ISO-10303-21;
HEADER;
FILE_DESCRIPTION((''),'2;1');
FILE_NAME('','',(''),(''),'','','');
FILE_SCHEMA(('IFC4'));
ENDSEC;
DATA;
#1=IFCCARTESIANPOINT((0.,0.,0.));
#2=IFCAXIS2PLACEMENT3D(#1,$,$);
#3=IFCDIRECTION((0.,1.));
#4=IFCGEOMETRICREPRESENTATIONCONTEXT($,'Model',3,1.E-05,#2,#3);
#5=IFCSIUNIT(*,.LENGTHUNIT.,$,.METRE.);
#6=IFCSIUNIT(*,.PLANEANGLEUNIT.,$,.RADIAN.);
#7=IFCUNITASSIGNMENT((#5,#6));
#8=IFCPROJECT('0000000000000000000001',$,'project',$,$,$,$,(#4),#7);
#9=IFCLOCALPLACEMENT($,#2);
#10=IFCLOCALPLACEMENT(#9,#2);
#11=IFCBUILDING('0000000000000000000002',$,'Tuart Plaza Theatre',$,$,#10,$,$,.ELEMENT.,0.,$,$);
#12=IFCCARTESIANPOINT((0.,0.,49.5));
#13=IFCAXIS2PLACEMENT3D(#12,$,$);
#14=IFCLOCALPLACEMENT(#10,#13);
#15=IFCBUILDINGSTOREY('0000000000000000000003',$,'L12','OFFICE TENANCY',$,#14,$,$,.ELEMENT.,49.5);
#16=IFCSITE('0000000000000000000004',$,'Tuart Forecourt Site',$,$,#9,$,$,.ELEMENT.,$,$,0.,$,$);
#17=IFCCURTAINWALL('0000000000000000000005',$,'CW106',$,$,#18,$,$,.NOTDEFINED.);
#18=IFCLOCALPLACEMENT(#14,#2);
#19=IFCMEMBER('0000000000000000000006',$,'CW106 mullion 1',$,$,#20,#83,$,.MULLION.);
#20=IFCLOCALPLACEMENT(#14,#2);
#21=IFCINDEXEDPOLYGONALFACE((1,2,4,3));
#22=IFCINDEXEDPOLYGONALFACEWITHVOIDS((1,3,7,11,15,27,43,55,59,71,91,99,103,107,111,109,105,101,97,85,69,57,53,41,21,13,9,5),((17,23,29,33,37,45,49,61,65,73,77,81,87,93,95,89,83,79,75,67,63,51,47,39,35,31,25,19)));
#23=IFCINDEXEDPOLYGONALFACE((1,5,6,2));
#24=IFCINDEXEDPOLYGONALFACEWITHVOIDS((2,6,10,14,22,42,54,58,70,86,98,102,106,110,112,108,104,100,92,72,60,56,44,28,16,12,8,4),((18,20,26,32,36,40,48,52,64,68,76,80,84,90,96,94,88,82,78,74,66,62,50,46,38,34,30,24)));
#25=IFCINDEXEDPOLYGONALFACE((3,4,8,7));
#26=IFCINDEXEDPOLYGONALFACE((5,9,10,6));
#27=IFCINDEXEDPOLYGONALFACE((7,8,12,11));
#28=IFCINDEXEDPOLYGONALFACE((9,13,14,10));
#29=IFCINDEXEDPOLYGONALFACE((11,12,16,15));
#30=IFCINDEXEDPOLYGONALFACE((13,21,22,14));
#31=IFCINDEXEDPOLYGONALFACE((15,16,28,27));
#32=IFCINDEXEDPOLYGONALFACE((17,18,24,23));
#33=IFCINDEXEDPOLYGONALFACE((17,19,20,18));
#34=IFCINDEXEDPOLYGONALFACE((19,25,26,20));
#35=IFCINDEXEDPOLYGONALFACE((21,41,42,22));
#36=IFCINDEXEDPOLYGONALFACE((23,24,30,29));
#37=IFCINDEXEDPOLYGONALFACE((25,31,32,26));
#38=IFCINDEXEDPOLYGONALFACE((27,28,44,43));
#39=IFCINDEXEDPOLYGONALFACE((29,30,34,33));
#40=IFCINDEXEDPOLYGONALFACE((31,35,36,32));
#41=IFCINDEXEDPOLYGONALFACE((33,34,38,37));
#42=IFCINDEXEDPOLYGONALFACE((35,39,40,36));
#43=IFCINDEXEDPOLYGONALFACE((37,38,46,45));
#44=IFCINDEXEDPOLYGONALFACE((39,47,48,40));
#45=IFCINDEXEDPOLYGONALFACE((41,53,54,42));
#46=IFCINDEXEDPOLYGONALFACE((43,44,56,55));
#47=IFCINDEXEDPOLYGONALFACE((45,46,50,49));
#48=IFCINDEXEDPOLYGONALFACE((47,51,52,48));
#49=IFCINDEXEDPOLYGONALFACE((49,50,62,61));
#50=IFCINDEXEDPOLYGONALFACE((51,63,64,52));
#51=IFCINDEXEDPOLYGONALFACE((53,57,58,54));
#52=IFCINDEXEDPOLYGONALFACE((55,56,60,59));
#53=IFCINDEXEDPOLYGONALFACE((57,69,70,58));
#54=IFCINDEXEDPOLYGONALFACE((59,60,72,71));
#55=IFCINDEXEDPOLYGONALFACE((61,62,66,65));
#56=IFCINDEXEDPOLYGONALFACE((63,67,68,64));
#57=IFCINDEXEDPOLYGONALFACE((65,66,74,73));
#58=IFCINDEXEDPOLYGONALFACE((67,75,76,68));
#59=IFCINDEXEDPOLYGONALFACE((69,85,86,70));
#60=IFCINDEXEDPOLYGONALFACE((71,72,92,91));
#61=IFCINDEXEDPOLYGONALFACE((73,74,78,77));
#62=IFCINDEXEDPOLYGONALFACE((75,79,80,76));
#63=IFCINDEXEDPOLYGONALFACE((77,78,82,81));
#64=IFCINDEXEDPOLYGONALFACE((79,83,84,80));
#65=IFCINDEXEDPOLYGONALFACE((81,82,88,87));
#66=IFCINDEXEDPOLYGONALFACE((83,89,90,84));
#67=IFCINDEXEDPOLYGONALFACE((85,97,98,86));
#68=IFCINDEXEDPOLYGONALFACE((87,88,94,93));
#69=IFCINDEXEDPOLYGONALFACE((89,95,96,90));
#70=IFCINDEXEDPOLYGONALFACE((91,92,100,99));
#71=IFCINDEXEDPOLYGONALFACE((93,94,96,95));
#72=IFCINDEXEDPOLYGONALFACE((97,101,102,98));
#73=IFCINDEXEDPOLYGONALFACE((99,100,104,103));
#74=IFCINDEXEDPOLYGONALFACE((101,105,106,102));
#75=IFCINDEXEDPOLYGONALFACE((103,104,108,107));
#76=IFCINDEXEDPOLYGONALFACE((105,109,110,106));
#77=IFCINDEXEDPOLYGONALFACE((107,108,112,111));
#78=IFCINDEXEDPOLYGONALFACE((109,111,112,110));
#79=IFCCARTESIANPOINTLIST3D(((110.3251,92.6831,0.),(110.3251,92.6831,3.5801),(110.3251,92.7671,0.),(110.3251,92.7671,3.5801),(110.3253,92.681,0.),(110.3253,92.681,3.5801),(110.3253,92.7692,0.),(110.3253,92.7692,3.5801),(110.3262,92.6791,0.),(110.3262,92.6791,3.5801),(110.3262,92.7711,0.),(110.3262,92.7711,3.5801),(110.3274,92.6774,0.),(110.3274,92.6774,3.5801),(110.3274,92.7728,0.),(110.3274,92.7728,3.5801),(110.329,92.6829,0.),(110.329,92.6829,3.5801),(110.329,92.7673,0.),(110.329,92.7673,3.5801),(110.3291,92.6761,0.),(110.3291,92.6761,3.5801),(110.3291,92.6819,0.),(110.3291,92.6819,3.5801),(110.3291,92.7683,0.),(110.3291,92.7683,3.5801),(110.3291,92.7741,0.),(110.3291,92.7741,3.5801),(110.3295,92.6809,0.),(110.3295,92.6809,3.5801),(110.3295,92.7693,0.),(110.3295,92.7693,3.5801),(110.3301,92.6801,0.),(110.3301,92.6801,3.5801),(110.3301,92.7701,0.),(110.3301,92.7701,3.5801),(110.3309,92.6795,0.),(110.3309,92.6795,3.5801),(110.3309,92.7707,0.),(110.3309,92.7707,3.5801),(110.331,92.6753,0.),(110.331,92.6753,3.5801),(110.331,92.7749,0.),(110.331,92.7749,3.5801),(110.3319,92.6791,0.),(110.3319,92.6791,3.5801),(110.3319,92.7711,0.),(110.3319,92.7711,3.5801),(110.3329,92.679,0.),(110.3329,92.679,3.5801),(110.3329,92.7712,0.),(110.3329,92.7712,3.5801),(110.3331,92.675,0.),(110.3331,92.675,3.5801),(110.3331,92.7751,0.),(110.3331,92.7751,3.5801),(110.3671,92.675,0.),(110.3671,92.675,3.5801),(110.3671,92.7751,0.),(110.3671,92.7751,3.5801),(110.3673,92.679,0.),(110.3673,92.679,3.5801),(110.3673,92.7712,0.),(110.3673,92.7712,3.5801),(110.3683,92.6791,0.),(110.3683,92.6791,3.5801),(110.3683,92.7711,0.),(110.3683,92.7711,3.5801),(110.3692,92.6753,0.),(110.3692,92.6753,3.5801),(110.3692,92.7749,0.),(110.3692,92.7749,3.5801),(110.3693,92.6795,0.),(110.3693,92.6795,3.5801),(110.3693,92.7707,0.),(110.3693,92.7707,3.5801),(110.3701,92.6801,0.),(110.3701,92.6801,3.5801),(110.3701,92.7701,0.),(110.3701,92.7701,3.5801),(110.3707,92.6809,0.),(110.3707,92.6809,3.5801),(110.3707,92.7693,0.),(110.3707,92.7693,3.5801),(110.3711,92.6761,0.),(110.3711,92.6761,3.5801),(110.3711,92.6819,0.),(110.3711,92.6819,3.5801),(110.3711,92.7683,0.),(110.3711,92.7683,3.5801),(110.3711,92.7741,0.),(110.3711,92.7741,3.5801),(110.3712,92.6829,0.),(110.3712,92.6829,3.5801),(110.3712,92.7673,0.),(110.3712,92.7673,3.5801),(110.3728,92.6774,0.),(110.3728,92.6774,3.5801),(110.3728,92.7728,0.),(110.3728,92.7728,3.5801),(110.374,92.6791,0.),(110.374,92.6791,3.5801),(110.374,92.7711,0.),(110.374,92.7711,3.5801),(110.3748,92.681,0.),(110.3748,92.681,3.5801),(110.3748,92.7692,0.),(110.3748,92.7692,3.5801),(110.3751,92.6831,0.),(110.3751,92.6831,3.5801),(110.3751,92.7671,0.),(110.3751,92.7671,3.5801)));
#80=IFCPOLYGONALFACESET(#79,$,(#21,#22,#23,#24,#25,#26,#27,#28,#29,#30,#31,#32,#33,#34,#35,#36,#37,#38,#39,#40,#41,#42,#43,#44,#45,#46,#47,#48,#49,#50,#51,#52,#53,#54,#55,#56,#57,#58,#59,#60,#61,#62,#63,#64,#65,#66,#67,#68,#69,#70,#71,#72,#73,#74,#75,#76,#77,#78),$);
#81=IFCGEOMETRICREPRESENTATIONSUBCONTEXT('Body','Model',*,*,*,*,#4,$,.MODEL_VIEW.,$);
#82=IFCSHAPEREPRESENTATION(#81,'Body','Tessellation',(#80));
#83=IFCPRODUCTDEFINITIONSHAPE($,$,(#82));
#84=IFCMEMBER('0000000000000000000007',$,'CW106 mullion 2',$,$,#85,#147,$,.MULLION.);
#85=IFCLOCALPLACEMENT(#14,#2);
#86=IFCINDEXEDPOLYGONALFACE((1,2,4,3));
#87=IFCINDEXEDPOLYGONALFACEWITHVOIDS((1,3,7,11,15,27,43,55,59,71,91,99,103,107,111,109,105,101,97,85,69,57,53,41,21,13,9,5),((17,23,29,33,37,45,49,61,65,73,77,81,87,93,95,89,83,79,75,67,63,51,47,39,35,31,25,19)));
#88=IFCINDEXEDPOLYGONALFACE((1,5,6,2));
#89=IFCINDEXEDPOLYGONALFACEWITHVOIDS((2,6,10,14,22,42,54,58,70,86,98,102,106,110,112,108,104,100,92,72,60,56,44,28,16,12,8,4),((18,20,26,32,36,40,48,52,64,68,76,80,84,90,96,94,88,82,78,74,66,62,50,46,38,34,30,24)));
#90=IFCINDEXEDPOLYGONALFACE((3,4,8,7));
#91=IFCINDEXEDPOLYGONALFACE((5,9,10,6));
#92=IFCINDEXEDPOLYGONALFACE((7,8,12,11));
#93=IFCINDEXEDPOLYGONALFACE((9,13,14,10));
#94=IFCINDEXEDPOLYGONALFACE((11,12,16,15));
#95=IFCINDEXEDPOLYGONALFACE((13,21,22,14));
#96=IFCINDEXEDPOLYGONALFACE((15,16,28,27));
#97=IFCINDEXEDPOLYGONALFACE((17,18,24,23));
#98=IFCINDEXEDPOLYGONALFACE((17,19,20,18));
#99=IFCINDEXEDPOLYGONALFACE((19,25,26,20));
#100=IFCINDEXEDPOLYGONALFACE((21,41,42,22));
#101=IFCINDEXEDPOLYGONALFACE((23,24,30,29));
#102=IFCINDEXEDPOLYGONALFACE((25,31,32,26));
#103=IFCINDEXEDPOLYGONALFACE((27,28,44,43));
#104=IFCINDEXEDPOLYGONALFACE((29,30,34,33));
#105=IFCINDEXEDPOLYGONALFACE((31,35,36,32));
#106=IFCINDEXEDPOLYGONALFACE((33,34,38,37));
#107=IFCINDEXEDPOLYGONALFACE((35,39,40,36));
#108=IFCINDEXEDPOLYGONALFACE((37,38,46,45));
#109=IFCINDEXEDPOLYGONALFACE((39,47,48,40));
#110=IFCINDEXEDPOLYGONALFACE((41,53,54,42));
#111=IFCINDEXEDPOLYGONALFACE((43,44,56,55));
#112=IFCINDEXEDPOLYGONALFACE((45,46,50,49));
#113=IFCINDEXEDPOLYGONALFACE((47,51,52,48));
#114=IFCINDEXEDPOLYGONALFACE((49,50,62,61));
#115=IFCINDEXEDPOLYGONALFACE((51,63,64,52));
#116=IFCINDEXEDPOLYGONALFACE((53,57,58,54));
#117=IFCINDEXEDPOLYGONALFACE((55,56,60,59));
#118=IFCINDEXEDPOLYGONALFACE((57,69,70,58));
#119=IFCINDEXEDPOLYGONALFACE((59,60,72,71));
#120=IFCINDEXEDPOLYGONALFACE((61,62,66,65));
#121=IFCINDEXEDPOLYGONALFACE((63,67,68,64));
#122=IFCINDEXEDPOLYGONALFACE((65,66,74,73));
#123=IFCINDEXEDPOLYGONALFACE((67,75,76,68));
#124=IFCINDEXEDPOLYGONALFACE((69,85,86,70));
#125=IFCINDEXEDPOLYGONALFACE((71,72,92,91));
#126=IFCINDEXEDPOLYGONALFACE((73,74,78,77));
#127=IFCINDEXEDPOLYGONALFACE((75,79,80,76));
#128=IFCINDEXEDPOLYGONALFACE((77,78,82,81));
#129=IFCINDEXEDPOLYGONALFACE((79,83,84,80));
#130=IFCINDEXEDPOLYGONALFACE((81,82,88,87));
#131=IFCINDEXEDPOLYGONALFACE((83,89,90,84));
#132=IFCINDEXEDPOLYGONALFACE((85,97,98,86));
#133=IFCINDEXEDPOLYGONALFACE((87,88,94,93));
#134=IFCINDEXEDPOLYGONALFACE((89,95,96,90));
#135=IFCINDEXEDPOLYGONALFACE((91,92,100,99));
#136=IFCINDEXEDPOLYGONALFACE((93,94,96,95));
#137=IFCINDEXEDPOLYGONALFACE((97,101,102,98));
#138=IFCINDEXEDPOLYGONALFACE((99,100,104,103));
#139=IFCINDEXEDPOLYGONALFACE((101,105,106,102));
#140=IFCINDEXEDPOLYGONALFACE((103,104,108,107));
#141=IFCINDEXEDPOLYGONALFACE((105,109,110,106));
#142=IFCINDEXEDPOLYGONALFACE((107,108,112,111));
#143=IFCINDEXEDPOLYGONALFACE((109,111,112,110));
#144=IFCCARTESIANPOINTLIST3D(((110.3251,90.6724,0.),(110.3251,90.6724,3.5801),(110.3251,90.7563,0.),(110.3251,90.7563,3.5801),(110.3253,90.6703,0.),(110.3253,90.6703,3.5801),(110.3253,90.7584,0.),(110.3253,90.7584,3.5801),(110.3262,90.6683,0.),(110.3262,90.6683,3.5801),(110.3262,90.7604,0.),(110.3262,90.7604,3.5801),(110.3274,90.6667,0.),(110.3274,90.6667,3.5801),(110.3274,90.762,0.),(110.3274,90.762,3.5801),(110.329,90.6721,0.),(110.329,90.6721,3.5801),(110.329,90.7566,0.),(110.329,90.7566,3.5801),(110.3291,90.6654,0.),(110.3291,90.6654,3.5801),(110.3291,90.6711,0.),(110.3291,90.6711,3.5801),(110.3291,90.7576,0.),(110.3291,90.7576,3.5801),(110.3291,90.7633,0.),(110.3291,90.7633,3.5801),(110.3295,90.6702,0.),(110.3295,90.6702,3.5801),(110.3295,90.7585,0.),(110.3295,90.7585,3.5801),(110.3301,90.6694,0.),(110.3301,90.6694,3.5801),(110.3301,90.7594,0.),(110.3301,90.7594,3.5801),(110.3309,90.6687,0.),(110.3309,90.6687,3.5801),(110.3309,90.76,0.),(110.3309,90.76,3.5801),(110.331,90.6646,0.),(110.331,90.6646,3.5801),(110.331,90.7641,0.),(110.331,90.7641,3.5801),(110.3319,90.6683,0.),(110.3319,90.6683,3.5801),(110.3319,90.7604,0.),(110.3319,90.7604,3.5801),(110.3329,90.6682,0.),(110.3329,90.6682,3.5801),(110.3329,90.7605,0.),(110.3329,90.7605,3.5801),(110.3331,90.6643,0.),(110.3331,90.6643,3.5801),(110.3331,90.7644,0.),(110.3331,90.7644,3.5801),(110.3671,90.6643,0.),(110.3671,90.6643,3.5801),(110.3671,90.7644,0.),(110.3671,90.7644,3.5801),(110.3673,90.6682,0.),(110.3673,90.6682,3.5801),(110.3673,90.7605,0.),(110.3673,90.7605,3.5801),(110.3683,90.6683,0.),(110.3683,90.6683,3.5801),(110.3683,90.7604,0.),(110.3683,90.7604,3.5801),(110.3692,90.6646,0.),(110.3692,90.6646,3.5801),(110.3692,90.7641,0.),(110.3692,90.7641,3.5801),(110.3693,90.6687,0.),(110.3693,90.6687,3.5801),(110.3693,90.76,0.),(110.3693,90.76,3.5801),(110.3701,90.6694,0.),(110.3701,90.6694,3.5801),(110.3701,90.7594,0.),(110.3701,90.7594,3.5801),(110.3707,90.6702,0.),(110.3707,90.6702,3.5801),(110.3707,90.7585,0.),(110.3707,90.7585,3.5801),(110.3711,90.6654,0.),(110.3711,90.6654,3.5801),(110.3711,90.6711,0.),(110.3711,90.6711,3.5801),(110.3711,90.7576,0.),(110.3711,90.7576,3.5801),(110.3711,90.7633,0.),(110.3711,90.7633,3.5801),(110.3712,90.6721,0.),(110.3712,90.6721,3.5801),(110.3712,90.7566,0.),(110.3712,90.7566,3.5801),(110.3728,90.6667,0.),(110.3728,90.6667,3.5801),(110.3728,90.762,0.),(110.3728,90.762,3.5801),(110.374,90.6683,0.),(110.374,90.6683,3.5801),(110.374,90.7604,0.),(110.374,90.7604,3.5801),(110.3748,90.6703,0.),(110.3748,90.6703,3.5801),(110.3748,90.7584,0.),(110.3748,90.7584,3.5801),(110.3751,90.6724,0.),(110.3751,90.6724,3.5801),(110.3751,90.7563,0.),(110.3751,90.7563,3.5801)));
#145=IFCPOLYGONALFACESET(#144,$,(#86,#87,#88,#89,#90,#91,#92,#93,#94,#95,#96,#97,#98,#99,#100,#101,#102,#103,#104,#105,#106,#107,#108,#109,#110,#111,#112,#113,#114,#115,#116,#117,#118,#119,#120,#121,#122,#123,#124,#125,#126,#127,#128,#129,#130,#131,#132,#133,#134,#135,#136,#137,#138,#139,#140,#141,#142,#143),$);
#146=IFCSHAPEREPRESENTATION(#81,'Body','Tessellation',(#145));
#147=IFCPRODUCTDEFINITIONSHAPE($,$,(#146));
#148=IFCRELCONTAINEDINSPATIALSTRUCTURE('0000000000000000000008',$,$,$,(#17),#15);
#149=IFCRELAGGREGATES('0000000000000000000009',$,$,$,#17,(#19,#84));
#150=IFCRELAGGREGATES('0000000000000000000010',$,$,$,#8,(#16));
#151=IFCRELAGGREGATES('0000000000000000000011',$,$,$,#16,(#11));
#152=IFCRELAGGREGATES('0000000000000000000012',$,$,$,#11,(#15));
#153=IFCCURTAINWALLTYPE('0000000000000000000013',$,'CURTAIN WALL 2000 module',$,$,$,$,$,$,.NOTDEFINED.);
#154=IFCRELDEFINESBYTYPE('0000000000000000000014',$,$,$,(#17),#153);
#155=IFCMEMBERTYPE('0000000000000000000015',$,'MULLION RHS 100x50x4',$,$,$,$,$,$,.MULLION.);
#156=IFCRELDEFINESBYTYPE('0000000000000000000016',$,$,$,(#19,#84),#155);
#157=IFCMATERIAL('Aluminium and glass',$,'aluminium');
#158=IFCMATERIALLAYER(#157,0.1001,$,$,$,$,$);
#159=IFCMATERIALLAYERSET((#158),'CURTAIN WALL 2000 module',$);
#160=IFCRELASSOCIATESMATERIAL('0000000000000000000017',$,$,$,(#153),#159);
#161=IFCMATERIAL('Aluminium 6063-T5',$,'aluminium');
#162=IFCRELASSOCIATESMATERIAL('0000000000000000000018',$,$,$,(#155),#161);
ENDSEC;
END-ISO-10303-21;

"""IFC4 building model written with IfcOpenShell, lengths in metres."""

from ifc_helpers import new_model, si_unit, direction, frame, origin, origin_2d, place, context, subcontext, project, spatial, hollow_rectangle, extrude, material, layer, layer_set, material_profile, profile_set, type_object, element, aggregate, save


model = new_model("IFC4")

# Units and contexts
model_context = context("Model", 3, precision=1e-05, world=origin(), true_north=direction((0.0, 1.0)))
body_context = subcontext(model_context, "Body", "Model", "MODEL_VIEW")
ifc_project = project(units=[si_unit("LENGTHUNIT", "METRE"), si_unit("PLANEANGLEUNIT", "RADIAN")], contexts=[model_context])

# Site, building, storey
site_placement = place(None, origin())
site = spatial("IfcSite", under=ifc_project, at=site_placement, Name="Tuart Forecourt Site", CompositionType="ELEMENT", RefElevation=0.0)
building_placement = place(site_placement, origin())
building = spatial("IfcBuilding", under=site, at=building_placement, Name="Tuart Plaza Theatre", CompositionType="ELEMENT", ElevationOfRefHeight=0.0)
storey_placement = place(building_placement, frame((0.0, 0.0, 49.5)))
storey = spatial("IfcBuildingStorey", under=building, at=storey_placement, Name="L12", Description="OFFICE TENANCY", CompositionType="ELEMENT", Elevation=49.5)

# Curtain wall, members
ifc_material_1 = material(Name="Aluminium and glass", Category="aluminium")
ifc_layer_1 = layer(ifc_material_1, 0.1001)
ifc_layer_set_1 = layer_set([ifc_layer_1], Name="CURTAIN WALL 2000 module")
curtain_wall_type = type_object("IfcCurtainWallType", Name="CURTAIN WALL 2000 module", PredefinedType="NOTDEFINED", material=ifc_layer_set_1)
curtain_wall_placement = place(storey_placement, origin())
curtain_wall = element("IfcCurtainWall", 1, at=curtain_wall_placement, inside=storey, type_object=curtain_wall_type, Name="CW106", PredefinedType="NOTDEFINED")
ifc_material_2 = material(Name="Aluminium 6063-T5", Category="aluminium")
ifc_material_profile_1 = material_profile(ifc_material_2, hollow_rectangle(XDim=0.05, YDim=0.1001, WallThickness=0.0039, InnerFilletRadius=0.0039, OuterFilletRadius=0.0081, at=origin_2d()), Name="RHS 100x50x4")
ifc_profile_set_1 = profile_set([ifc_material_profile_1], Name="Aluminium 6063-T5")
member_type_1 = type_object("IfcMemberType", Name="MULLION RHS 100x50x4", PredefinedType="MULLION", material=ifc_profile_set_1)
member_1_placement = place(storey_placement, frame((110.3501, 92.7251, 0.0), z_axis=(0.0, 0.0, 1.0), x_axis=(1.0, 0.0, 0.0)))
member_1 = element("IfcMember", 2, at=member_1_placement, type_object=member_type_1, Name="CW106 mullion 1", PredefinedType="MULLION", context=body_context, shape_type="SweptSolid", body=[
    extrude(hollow_rectangle(XDim=0.05, YDim=0.1001, WallThickness=0.0039, InnerFilletRadius=0.0039, OuterFilletRadius=0.0081, at=origin_2d()), origin(), (0.0, 0.0, 1.0), 3.5801),
])
member_2_placement = place(storey_placement, frame((110.3501, 90.7144, 0.0), z_axis=(0.0, 0.0, 1.0), x_axis=(1.0, 0.0, 0.0)))
member_2 = element("IfcMember", 3, at=member_2_placement, type_object=member_type_1, Name="CW106 mullion 2", PredefinedType="MULLION", context=body_context, shape_type="SweptSolid", body=[
    extrude(hollow_rectangle(XDim=0.05, YDim=0.1001, WallThickness=0.0039, InnerFilletRadius=0.0039, OuterFilletRadius=0.0081, at=origin_2d()), origin(), (0.0, 0.0, 1.0), 3.5801),
])
aggregate(curtain_wall, [member_1, member_2])

save(model, "model.ifc")
